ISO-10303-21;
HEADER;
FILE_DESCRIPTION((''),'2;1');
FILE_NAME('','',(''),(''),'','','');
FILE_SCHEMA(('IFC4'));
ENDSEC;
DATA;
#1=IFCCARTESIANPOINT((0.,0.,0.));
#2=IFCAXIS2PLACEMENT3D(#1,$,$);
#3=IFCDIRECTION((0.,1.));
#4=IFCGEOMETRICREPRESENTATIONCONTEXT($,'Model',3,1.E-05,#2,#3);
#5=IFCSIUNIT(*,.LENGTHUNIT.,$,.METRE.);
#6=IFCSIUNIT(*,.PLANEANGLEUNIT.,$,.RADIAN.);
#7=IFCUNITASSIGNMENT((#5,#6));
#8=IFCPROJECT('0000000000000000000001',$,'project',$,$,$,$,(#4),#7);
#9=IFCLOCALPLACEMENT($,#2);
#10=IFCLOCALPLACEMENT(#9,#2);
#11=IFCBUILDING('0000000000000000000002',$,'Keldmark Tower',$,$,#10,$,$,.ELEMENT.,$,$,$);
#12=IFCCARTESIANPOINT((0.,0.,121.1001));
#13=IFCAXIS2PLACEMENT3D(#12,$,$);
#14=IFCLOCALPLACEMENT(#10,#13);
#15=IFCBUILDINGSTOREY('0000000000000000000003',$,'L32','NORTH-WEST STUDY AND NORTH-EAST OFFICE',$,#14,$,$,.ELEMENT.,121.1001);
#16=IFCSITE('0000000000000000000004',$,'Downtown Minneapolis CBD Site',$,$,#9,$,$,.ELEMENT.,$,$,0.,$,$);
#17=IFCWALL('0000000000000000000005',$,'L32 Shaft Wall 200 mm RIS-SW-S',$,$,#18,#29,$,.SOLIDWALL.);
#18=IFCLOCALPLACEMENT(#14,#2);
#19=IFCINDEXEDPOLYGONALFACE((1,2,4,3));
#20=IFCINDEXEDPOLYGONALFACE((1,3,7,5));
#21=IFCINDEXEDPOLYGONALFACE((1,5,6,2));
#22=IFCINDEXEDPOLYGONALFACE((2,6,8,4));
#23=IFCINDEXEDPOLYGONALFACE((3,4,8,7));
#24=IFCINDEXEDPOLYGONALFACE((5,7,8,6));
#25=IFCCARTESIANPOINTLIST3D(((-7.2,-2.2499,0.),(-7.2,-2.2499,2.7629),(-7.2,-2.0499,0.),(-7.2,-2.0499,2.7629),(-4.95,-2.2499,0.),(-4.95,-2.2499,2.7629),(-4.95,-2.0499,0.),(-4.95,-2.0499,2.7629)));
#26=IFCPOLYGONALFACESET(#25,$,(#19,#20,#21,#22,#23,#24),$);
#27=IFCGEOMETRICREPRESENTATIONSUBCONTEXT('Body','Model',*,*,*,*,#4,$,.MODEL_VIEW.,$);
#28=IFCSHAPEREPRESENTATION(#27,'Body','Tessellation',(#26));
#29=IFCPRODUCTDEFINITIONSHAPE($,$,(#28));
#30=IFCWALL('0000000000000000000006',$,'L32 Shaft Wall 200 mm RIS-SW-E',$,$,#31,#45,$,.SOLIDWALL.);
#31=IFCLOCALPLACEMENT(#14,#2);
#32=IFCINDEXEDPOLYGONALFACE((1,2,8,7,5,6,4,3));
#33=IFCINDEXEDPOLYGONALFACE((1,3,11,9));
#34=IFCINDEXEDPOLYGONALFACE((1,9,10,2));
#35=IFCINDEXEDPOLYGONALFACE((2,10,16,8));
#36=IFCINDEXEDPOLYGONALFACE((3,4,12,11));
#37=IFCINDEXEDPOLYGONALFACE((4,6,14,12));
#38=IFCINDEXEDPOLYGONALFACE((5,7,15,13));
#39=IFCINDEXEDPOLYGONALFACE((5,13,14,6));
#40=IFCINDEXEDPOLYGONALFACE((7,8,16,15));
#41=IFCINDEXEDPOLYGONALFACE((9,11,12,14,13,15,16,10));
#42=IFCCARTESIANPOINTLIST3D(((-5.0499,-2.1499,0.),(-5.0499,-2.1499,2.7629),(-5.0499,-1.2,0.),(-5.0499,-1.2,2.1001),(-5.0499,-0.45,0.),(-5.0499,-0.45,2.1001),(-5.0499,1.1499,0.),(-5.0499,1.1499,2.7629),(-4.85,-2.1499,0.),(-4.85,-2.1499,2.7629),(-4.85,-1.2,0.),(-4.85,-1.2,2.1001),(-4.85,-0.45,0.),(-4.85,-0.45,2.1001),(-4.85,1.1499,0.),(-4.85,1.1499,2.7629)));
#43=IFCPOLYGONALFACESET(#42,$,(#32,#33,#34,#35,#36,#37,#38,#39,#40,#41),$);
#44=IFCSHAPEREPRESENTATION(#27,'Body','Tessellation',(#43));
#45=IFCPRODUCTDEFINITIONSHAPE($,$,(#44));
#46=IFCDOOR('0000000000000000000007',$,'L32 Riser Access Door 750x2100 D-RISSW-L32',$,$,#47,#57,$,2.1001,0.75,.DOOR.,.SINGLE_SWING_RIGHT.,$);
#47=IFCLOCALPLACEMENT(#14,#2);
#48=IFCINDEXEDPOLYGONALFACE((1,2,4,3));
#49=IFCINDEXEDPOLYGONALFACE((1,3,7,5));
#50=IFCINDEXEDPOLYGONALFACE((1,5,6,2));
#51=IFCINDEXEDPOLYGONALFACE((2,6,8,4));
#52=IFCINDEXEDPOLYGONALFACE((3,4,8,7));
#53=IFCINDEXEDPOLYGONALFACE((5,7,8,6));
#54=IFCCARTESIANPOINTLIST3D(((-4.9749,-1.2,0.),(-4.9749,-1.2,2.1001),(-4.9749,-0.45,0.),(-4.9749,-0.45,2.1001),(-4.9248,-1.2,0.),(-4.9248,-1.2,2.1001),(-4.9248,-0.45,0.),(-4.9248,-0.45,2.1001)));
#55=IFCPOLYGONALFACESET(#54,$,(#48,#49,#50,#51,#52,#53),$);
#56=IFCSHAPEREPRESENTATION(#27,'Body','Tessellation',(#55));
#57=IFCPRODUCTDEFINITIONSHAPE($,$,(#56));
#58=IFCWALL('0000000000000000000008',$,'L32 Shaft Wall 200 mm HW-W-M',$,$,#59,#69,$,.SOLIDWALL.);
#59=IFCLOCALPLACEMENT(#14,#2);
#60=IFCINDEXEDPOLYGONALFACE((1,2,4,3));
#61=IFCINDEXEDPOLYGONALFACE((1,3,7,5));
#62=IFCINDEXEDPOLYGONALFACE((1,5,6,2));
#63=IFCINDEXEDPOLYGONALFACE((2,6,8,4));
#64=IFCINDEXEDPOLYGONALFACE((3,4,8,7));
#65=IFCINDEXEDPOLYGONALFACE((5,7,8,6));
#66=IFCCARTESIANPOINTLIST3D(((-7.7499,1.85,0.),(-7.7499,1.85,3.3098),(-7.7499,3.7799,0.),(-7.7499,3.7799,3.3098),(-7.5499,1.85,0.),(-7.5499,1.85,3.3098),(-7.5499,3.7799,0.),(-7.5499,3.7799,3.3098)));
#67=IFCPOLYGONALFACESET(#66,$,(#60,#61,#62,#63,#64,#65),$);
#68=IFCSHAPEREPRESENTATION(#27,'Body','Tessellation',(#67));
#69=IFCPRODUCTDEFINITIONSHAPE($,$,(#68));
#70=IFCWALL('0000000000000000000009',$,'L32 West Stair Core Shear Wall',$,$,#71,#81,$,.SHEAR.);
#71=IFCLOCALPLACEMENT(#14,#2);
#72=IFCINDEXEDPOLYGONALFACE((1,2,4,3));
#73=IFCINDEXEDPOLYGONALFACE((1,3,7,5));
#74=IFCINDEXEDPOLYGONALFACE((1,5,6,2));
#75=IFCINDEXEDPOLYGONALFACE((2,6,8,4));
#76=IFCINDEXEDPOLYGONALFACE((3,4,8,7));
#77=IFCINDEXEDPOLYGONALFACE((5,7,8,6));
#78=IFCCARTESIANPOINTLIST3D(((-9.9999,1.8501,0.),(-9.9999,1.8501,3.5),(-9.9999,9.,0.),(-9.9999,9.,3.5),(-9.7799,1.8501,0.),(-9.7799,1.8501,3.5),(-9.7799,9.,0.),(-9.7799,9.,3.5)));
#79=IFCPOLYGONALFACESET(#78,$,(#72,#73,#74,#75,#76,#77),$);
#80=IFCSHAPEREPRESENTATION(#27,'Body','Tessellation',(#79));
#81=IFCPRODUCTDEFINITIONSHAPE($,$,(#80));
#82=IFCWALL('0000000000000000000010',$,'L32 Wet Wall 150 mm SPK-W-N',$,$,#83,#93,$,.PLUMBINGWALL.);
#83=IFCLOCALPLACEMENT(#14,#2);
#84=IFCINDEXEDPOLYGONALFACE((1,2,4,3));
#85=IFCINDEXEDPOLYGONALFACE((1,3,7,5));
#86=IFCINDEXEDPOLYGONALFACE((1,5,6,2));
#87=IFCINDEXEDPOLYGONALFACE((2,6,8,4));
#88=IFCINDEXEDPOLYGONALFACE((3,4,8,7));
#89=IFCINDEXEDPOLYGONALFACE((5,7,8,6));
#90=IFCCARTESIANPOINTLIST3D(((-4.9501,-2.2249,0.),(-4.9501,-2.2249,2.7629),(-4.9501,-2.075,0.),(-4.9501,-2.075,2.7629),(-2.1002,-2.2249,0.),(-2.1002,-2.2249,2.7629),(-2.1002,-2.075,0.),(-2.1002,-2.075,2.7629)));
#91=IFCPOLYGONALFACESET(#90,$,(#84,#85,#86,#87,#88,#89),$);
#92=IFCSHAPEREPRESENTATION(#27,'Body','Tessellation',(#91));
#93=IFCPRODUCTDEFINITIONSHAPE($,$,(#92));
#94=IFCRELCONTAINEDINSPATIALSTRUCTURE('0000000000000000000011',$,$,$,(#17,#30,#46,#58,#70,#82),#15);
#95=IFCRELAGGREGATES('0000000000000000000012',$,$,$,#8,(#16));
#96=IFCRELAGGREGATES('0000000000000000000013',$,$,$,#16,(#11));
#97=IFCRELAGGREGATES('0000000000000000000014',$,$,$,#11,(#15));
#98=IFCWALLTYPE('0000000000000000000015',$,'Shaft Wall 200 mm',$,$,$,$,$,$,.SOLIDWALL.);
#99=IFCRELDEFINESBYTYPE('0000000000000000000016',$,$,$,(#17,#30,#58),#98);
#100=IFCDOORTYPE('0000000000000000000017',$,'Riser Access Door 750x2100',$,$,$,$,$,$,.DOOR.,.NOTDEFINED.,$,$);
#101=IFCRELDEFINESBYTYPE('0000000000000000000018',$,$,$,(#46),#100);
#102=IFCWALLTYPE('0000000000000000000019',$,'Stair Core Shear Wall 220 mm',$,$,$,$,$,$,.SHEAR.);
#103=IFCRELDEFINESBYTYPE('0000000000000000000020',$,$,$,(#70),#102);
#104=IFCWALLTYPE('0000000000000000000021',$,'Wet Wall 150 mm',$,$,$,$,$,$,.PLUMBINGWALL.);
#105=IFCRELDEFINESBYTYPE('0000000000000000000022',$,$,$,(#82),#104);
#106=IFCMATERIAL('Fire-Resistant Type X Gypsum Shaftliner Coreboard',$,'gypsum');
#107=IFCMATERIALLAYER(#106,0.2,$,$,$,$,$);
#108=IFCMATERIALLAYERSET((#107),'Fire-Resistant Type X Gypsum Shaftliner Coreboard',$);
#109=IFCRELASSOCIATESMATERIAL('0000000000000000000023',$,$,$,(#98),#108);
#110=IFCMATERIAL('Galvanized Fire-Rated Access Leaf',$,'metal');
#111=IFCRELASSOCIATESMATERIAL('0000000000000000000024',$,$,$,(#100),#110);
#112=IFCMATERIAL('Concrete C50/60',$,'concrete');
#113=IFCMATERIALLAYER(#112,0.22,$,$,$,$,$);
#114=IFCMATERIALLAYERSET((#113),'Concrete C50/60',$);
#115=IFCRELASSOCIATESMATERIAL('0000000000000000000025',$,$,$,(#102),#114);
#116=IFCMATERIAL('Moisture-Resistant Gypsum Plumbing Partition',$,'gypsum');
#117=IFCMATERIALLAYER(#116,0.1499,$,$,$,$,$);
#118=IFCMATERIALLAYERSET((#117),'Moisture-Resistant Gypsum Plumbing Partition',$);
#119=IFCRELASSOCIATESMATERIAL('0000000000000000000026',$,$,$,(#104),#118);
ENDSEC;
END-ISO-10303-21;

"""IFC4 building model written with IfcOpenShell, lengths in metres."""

from ifc_helpers import new_model, si_unit, direction, frame, frame_2d, origin, place, context, subcontext, project, spatial, rectangle, extrude, material, layer, layer_set, type_object, element, fill, save


model = new_model("IFC4")

# Units and contexts
model_context = context("Model", 3, precision=1e-05, world=origin(), true_north=direction((0.0, 1.0)))
body_context = subcontext(model_context, "Body", "Model", "MODEL_VIEW")
ifc_project = project(units=[si_unit("LENGTHUNIT", "METRE"), si_unit("PLANEANGLEUNIT", "RADIAN")], contexts=[model_context])

# Site, building, storey
site_placement = place(None, origin())
site = spatial("IfcSite", under=ifc_project, at=site_placement, Name="Downtown Minneapolis CBD Site", CompositionType="ELEMENT", RefElevation=0.0)
building_placement = place(site_placement, origin())
building = spatial("IfcBuilding", under=site, at=building_placement, Name="Keldmark Tower", CompositionType="ELEMENT")
storey_placement = place(building_placement, frame((0.0, 0.0, 121.1001)))
storey = spatial("IfcBuildingStorey", under=building, at=storey_placement, Name="L32", Description="NORTH-WEST STUDY AND NORTH-EAST OFFICE", CompositionType="ELEMENT", Elevation=121.1001)

# Wall
ifc_material_1 = material(Name="Fire-Resistant Type X Gypsum Shaftliner Coreboard", Category="gypsum")
ifc_layer_1 = layer(ifc_material_1, 0.2)
ifc_layer_set_1 = layer_set([ifc_layer_1], Name="Fire-Resistant Type X Gypsum Shaftliner Coreboard")
wall_type_1 = type_object("IfcWallType", Name="Shaft Wall 200 mm", PredefinedType="SOLIDWALL", material=ifc_layer_set_1)
wall_1_placement = place(storey_placement, frame((-7.2, -2.1499, 0.0), z_axis=(0.0, 0.0, 1.0), x_axis=(1.0, 0.0, 0.0)))
element("IfcWall", 1, at=wall_1_placement, inside=storey, type_object=wall_type_1, Name="L32 Shaft Wall 200 mm RIS-SW-S", PredefinedType="SOLIDWALL", context=body_context, shape_type="SweptSolid", body=[
    extrude(rectangle(XDim=2.25, YDim=0.2, at=frame_2d((1.125, 0.0))), origin(), (0.0, 0.0, 1.0), 2.7629),
])

# Wall, opening, door
wall_2_placement = place(storey_placement, frame((-4.95, -2.1499, 0.0), z_axis=(0.0, 0.0, 1.0), x_axis=(0.0, 1.0, 0.0)))
wall_2 = element("IfcWall", 2, at=wall_2_placement, inside=storey, type_object=wall_type_1, Name="L32 Shaft Wall 200 mm RIS-SW-E", PredefinedType="SOLIDWALL", context=body_context, shape_type="SweptSolid", body=[
    extrude(rectangle(XDim=3.2998, YDim=0.2, at=frame_2d((1.6499, 0.0))), origin(), (0.0, 0.0, 1.0), 2.7629),
])
opening_1_placement = place(wall_2_placement, frame((0.95, 0.0, 0.0)))
opening_1 = element("IfcOpeningElement", 3, at=opening_1_placement, cuts=wall_2, PredefinedType="OPENING", context=body_context, shape_type="SweptSolid", body=[
    extrude(rectangle(XDim=0.75, YDim=2.1001, at=frame_2d((0.375, 1.05))), frame((0.0, 0.1099, 0.0), z_axis=(0.0, -1.0, 0.0), x_axis=(1.0, 0.0, 0.0)), (0.0, 0.0, 1.0), 0.22),
])
ifc_material_2 = material(Name="Galvanized Fire-Rated Access Leaf", Category="metal")
door_type_1 = type_object("IfcDoorType", Name="Riser Access Door 750x2100", OperationType="NOTDEFINED", PredefinedType="DOOR", material=ifc_material_2)
door_1_placement = place(opening_1_placement, origin())
door_1 = element("IfcDoor", 4, at=door_1_placement, inside=storey, type_object=door_type_1, Name="L32 Riser Access Door 750x2100 D-RISSW-L32", OperationType="SINGLE_SWING_RIGHT", OverallHeight=2.1001, OverallWidth=0.75, PredefinedType="DOOR", context=body_context, shape_type="SweptSolid", body=[
    extrude(rectangle(XDim=0.75, YDim=2.1001, at=frame_2d((0.375, 1.05))), frame((0.0, 0.0249, 0.0), z_axis=(0.0, -1.0, 0.0), x_axis=(1.0, 0.0, 0.0)), (0.0, 0.0, 1.0), 0.05),
])
fill(opening_1, door_1)

# Walls
wall_3_placement = place(storey_placement, frame((-7.6499, 1.8501, 0.0), z_axis=(0.0, 0.0, 1.0), x_axis=(0.0, 1.0, 0.0)))
element("IfcWall", 5, at=wall_3_placement, inside=storey, type_object=wall_type_1, Name="L32 Shaft Wall 200 mm HW-W-M", PredefinedType="SOLIDWALL", context=body_context, shape_type="SweptSolid", body=[
    extrude(rectangle(XDim=1.9299, YDim=0.2, at=frame_2d((0.9648, 0.0))), origin(), (0.0, 0.0, 1.0), 3.3098),
])
ifc_material_3 = material(Name="Concrete C50/60", Category="concrete")
ifc_layer_2 = layer(ifc_material_3, 0.22)
ifc_layer_set_2 = layer_set([ifc_layer_2], Name="Concrete C50/60")
wall_type_2 = type_object("IfcWallType", Name="Stair Core Shear Wall 220 mm", PredefinedType="SHEAR", material=ifc_layer_set_2)
wall_4_placement = place(storey_placement, frame((-9.8899, 1.8501, 0.0), z_axis=(0.0, 0.0, 1.0), x_axis=(0.0, 1.0, 0.0)))
element("IfcWall", 6, at=wall_4_placement, inside=storey, type_object=wall_type_2, Name="L32 West Stair Core Shear Wall", PredefinedType="SHEAR", context=body_context, shape_type="SweptSolid", body=[
    extrude(rectangle(XDim=7.1499, YDim=0.22, at=frame_2d((3.575, 0.0))), origin(), (0.0, 0.0, 1.0), 3.5),
])
ifc_material_4 = material(Name="Moisture-Resistant Gypsum Plumbing Partition", Category="gypsum")
ifc_layer_3 = layer(ifc_material_4, 0.1499)
ifc_layer_set_3 = layer_set([ifc_layer_3], Name="Moisture-Resistant Gypsum Plumbing Partition")
wall_type_3 = type_object("IfcWallType", Name="Wet Wall 150 mm", PredefinedType="PLUMBINGWALL", material=ifc_layer_set_3)
wall_5_placement = place(storey_placement, frame((-4.95, -2.1499, 0.0), z_axis=(0.0, 0.0, 1.0), x_axis=(1.0, 0.0, 0.0)))
element("IfcWall", 7, at=wall_5_placement, inside=storey, type_object=wall_type_3, Name="L32 Wet Wall 150 mm SPK-W-N", PredefinedType="PLUMBINGWALL", context=body_context, shape_type="SweptSolid", body=[
    extrude(rectangle(XDim=2.8499, YDim=0.1499, at=frame_2d((1.4248, 0.0))), origin(), (0.0, 0.0, 1.0), 2.7629),
])

save(model, "model.ifc")
